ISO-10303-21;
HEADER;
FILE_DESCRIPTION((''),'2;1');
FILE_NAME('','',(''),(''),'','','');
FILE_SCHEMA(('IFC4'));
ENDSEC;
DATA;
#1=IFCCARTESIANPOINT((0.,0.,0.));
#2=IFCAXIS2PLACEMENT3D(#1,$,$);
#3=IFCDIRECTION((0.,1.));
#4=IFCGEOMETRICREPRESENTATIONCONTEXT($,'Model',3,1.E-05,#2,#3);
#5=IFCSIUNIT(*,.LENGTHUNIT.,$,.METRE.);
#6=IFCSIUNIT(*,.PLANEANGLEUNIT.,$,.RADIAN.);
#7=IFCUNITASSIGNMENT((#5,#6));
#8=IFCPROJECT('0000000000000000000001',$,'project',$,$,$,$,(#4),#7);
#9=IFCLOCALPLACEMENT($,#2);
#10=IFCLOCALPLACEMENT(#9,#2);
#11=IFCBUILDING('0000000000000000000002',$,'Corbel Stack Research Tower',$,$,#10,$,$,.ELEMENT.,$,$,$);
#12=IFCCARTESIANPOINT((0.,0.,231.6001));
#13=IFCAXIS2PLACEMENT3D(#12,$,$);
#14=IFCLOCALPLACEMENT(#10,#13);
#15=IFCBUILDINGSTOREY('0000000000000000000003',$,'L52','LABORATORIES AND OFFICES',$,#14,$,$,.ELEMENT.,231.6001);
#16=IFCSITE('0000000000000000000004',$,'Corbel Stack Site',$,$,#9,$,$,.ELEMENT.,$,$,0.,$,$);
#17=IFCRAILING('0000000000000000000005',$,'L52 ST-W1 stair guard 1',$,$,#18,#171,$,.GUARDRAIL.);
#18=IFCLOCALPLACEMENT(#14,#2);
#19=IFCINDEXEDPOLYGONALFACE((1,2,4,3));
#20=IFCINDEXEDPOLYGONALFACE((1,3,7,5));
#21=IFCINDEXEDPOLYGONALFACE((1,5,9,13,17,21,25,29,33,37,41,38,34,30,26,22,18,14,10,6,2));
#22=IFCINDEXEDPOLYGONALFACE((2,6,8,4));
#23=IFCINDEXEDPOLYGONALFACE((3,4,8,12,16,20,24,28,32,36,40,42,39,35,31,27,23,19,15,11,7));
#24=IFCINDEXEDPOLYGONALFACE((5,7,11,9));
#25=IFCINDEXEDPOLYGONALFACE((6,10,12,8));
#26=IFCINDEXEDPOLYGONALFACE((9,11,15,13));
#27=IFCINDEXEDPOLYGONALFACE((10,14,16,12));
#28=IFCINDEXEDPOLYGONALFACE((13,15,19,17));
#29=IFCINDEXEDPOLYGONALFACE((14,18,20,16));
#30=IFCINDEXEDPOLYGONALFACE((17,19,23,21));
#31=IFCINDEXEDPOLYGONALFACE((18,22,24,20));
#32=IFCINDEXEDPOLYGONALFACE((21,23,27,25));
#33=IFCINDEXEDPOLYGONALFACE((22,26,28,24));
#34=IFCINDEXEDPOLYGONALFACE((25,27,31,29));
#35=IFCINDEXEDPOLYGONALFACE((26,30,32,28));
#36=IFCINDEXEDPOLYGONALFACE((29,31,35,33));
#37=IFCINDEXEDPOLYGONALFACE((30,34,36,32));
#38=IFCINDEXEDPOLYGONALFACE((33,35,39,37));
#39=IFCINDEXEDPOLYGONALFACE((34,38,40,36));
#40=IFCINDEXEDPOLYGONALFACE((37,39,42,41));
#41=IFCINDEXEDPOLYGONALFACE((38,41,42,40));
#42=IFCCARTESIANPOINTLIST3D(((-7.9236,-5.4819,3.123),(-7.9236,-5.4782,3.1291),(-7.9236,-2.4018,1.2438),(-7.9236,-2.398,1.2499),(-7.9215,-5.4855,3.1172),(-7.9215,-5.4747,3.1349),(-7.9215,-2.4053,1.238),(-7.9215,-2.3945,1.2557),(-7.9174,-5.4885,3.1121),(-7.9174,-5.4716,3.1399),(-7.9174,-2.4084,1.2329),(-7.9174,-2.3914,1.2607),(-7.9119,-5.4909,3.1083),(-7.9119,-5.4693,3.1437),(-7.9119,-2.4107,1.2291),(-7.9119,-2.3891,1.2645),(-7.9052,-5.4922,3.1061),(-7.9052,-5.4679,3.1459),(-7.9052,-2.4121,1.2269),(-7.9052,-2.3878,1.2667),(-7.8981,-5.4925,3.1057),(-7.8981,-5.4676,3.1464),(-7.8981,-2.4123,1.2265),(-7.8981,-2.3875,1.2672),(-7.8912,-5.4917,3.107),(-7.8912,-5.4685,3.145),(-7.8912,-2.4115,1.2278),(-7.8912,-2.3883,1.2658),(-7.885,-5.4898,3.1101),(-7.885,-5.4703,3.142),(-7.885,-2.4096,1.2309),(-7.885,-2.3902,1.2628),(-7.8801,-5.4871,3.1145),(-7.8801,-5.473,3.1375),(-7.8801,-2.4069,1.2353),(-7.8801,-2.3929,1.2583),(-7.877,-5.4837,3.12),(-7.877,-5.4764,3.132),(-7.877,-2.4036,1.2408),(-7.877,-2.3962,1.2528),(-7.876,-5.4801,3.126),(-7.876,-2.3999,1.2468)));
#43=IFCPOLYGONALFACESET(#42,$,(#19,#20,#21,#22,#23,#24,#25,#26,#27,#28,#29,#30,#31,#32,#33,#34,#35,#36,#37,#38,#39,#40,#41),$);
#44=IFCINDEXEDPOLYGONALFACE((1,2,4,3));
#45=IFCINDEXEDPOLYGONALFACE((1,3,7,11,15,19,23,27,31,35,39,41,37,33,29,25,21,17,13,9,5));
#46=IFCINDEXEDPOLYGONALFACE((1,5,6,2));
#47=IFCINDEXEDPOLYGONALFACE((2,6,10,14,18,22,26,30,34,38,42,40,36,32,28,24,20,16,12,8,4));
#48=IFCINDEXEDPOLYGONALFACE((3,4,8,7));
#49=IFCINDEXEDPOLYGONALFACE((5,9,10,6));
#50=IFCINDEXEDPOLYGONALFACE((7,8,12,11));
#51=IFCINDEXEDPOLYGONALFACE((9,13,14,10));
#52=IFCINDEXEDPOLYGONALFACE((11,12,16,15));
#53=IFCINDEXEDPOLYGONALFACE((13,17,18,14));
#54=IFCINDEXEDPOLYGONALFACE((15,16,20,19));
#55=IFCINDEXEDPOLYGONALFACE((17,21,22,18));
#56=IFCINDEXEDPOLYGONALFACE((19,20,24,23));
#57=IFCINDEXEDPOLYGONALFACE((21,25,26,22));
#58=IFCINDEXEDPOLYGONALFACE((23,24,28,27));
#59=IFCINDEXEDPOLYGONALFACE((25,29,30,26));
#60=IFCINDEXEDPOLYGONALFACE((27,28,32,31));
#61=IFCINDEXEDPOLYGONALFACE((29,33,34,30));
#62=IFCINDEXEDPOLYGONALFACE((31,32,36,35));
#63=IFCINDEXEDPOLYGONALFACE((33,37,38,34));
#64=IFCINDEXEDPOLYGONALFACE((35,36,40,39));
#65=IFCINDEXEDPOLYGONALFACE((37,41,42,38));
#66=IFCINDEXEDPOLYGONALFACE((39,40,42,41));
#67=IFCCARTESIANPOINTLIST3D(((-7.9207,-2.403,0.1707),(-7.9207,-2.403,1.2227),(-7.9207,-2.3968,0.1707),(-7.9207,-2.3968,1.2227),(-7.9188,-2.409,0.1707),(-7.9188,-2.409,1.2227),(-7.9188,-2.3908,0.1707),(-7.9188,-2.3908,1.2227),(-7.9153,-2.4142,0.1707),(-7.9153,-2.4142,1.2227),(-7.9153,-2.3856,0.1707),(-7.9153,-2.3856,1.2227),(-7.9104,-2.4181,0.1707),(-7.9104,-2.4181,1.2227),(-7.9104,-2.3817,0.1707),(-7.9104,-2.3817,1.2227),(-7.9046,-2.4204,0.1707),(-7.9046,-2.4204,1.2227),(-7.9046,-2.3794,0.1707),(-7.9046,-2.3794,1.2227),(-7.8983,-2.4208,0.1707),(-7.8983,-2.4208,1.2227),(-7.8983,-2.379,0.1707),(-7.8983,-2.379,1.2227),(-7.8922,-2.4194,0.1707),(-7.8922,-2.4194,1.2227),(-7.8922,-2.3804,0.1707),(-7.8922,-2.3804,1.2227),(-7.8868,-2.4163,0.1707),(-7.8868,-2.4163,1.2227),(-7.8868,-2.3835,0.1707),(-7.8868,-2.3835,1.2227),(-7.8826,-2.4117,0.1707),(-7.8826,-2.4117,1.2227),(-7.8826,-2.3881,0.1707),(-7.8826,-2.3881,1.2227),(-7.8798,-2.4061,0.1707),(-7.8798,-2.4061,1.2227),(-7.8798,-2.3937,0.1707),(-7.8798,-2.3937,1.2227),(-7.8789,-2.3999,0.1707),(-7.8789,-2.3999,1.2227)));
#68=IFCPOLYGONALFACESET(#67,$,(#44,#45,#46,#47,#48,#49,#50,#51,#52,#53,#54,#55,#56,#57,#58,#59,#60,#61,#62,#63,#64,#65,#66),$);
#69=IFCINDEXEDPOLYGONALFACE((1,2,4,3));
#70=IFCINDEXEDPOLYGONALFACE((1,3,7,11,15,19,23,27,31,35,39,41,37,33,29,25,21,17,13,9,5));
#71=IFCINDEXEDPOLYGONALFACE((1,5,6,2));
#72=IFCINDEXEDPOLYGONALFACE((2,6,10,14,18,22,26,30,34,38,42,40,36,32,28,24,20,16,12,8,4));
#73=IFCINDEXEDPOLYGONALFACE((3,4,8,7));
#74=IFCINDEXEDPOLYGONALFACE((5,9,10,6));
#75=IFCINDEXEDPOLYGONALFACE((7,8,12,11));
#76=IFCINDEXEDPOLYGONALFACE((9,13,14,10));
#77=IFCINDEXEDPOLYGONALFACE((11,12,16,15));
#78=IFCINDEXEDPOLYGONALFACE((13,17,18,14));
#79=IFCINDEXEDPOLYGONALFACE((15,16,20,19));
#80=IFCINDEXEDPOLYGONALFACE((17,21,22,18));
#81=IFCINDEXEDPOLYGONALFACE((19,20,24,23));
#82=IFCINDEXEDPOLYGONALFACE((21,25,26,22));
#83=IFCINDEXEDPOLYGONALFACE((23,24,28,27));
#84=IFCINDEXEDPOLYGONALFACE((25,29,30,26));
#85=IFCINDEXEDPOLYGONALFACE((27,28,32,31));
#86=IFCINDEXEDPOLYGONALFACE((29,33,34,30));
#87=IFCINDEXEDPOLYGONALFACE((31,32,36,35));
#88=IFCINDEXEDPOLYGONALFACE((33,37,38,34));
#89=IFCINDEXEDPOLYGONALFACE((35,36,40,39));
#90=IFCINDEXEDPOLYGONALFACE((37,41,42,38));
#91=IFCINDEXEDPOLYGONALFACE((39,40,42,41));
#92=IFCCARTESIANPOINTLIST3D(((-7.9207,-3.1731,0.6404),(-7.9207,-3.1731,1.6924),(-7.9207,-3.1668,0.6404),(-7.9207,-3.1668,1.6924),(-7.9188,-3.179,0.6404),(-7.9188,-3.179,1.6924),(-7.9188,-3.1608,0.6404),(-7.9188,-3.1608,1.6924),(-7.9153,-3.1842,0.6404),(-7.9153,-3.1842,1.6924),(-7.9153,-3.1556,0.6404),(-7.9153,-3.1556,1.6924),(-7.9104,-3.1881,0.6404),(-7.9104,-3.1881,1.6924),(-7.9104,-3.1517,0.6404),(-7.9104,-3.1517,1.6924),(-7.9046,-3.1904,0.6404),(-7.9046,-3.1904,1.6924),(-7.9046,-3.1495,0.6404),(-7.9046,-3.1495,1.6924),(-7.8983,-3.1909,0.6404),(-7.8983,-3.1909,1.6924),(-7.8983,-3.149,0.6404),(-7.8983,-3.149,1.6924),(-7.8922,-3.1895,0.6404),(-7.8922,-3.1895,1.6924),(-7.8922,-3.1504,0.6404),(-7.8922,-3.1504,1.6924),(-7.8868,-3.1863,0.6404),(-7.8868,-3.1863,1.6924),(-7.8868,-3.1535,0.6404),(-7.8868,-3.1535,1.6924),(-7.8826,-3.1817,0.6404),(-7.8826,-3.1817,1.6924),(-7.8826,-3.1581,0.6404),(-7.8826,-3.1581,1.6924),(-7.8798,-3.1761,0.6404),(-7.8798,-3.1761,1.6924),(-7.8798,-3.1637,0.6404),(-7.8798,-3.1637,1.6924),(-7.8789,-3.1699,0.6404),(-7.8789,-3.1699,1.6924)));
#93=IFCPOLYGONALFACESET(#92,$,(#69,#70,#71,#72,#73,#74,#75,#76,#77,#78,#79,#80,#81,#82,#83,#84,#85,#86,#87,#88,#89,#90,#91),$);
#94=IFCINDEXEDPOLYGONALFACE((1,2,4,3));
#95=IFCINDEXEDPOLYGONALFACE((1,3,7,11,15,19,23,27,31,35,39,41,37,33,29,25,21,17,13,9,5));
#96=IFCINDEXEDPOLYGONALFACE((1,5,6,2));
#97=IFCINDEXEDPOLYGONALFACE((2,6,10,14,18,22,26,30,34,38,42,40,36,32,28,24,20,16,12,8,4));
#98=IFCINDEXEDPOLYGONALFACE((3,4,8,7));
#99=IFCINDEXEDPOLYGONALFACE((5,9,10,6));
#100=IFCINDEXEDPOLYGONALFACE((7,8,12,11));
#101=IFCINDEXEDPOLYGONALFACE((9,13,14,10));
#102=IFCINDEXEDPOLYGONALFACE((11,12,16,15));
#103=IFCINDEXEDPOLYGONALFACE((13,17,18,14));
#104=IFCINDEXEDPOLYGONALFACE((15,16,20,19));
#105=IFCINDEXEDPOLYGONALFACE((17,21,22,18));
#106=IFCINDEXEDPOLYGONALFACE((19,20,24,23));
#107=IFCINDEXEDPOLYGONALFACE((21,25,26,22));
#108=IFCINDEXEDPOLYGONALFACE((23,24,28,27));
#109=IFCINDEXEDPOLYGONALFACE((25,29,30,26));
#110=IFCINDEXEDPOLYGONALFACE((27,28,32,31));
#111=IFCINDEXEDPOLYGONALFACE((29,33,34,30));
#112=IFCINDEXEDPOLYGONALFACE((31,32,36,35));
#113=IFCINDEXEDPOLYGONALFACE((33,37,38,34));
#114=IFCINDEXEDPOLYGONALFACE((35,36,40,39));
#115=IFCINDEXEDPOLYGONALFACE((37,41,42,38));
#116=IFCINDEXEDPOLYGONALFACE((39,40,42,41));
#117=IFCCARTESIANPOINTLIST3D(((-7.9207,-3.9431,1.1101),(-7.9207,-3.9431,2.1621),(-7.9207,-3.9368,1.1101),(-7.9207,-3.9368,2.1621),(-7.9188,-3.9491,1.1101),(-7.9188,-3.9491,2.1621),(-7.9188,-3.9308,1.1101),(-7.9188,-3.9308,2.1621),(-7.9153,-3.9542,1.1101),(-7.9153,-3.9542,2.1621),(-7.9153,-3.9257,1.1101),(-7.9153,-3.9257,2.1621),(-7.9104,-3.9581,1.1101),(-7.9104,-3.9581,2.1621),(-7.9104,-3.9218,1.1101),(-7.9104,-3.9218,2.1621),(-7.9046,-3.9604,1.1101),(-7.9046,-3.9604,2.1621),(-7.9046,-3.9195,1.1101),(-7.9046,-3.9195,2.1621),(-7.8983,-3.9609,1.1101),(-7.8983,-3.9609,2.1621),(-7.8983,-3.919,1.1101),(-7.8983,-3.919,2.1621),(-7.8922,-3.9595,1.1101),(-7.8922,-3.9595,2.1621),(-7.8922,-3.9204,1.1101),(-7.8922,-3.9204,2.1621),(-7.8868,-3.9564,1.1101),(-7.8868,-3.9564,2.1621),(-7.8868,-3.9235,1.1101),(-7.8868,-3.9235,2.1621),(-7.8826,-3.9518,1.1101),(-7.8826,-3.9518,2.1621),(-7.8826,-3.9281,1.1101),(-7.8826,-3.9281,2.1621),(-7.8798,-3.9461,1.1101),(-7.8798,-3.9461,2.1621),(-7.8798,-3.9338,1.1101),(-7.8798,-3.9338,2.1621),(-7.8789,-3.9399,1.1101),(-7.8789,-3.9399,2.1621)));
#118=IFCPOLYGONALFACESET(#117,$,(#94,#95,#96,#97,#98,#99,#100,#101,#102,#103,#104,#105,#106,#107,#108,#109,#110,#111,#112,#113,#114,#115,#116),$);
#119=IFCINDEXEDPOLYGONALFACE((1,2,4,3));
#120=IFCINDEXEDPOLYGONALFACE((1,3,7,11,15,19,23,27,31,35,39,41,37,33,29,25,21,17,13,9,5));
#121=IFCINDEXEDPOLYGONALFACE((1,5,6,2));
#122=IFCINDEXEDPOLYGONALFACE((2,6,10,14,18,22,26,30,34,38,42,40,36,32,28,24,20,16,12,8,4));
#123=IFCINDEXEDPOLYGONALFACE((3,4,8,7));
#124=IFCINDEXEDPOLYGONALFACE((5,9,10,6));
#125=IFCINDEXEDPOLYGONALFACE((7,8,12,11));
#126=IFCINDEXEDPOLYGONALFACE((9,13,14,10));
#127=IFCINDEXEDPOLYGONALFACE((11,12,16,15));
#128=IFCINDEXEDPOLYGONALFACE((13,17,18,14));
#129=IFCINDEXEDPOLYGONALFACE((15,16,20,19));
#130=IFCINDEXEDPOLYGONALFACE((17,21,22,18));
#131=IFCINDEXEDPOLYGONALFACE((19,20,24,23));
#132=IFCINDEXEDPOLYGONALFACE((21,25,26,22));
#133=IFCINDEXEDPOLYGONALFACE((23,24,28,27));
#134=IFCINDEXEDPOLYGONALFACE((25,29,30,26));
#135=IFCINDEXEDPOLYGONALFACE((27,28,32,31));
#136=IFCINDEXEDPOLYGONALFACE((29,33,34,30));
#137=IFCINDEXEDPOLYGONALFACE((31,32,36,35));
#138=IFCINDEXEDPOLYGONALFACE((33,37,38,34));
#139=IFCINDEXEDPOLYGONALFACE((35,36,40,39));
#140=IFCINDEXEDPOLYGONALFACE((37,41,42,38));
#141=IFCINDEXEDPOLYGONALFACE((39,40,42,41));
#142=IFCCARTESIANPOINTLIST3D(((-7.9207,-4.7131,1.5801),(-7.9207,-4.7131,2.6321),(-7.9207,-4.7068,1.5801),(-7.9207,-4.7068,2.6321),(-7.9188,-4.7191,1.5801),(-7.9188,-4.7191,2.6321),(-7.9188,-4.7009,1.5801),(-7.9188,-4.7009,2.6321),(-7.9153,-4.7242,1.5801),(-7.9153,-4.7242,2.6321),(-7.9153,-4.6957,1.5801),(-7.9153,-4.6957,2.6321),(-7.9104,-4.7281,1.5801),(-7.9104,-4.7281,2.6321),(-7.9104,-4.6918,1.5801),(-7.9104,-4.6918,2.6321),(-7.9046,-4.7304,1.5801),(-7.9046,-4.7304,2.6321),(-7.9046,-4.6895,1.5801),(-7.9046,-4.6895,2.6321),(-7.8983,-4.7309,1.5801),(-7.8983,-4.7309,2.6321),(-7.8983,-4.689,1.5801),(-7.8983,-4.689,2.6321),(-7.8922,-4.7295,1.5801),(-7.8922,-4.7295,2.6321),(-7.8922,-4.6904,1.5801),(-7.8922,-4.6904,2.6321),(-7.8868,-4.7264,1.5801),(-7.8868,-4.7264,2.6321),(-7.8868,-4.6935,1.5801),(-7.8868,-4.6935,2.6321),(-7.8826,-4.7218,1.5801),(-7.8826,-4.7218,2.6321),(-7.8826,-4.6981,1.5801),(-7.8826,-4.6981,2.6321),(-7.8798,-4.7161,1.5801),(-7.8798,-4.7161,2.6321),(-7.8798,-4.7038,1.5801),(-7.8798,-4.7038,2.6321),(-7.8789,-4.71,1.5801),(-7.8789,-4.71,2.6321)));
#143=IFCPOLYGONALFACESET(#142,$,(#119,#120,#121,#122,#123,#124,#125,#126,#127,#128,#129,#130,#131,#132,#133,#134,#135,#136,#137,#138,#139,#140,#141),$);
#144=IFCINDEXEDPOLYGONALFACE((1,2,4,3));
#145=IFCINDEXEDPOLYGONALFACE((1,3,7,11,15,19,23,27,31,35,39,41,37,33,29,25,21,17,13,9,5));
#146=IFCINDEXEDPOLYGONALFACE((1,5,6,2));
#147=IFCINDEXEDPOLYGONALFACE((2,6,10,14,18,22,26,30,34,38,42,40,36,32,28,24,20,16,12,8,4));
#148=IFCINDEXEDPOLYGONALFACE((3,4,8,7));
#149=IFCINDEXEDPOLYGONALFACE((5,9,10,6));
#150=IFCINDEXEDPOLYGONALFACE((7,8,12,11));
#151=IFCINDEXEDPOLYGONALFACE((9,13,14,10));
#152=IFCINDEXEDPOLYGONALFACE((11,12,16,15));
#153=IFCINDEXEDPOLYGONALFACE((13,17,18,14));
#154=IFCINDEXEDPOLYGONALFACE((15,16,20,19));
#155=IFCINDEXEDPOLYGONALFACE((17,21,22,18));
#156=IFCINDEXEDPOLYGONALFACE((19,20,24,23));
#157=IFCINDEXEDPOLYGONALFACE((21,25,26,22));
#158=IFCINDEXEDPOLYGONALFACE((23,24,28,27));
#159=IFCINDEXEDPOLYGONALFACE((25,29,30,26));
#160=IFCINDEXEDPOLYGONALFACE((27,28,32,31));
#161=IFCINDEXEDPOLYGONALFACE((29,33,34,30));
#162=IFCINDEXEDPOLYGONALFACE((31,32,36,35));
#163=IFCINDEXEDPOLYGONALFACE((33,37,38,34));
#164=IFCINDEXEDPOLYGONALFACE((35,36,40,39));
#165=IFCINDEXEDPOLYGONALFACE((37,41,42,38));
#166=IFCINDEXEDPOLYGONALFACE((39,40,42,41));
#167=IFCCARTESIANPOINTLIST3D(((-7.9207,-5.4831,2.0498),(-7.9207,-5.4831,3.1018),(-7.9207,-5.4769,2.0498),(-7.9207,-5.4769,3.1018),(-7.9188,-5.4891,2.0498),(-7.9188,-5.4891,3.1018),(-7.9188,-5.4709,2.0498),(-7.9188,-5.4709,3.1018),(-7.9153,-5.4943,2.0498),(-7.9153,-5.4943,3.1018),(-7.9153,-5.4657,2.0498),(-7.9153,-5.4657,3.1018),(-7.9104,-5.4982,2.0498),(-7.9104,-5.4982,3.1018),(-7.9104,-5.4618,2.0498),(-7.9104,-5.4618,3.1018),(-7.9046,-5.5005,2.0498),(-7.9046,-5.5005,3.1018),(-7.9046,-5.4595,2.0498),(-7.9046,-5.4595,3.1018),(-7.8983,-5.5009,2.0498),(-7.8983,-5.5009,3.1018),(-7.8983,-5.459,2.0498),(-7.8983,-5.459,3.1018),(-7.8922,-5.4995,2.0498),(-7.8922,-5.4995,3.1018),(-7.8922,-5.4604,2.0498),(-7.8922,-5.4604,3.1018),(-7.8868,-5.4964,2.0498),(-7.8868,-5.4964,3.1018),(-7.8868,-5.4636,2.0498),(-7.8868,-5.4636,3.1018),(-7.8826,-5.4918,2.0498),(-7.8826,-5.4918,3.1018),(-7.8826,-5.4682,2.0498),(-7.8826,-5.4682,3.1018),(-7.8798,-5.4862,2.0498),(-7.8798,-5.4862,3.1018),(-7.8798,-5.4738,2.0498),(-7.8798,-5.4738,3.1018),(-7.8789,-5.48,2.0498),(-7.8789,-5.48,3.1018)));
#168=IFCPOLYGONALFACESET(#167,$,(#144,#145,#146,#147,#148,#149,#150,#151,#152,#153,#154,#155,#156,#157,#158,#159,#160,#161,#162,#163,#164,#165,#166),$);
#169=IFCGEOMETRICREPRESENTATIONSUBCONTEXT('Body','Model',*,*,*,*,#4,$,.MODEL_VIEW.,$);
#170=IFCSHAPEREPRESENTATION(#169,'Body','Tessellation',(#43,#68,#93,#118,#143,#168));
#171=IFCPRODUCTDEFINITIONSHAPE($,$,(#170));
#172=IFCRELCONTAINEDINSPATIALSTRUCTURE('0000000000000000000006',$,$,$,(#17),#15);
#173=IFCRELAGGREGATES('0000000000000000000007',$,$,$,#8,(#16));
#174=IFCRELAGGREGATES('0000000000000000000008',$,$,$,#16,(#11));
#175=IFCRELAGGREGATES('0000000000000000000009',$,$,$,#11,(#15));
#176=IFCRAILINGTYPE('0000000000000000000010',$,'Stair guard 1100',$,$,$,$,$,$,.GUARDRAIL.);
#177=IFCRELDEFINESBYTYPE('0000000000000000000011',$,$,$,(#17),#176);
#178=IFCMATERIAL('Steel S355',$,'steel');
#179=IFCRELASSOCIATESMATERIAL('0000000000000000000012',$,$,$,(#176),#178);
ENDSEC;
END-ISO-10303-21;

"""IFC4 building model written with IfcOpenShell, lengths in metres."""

from ifc_helpers import new_model, si_unit, direction, frame, origin, origin_2d, place, context, subcontext, project, spatial, circle, extrude, material, type_object, element, save


model = new_model("IFC4")

# Units and contexts
model_context = context("Model", 3, precision=1e-05, world=origin(), true_north=direction((0.0, 1.0)))
body_context = subcontext(model_context, "Body", "Model", "MODEL_VIEW")
ifc_project = project(units=[si_unit("LENGTHUNIT", "METRE"), si_unit("PLANEANGLEUNIT", "RADIAN")], contexts=[model_context])

# Site, building, storey
site_placement = place(None, origin())
site = spatial("IfcSite", under=ifc_project, at=site_placement, Name="Corbel Stack Site", CompositionType="ELEMENT", RefElevation=0.0)
building_placement = place(site_placement, origin())
building = spatial("IfcBuilding", under=site, at=building_placement, Name="Corbel Stack Research Tower", CompositionType="ELEMENT")
storey_placement = place(building_placement, frame((0.0, 0.0, 231.6001)))
storey = spatial("IfcBuildingStorey", under=building, at=storey_placement, Name="L52", Description="LABORATORIES AND OFFICES", CompositionType="ELEMENT", Elevation=231.6001)

# Railing
ifc_material_1 = material(Name="Steel S355", Category="steel")
railing_type_1 = type_object("IfcRailingType", Name="Stair guard 1100", PredefinedType="GUARDRAIL", material=ifc_material_1)
railing_1_placement = place(storey_placement, frame((-7.8999, -2.3999, 0.1707)))
element("IfcRailing", 1, at=railing_1_placement, inside=storey, type_object=railing_type_1, Name="L52 ST-W1 stair guard 1", PredefinedType="GUARDRAIL", context=body_context, shape_type="SweptSolid", body=[
    extrude(circle(Radius=0.0239, at=origin_2d()), frame((0.0, 0.0, 1.0762), z_axis=(0.0, -0.853666, 0.52082), x_axis=(1.0, 0.0, 0.0)), (0.0, 0.0, 1.0), 3.6082),
    extrude(circle(Radius=0.021, at=origin_2d()), origin(), (0.0, 0.0, 1.0), 1.052),
    extrude(circle(Radius=0.021, at=origin_2d()), frame((0.0, -0.77, 0.4697)), (0.0, 0.0, 1.0), 1.052),
    extrude(circle(Radius=0.021, at=origin_2d()), frame((0.0, -1.54, 0.9395)), (0.0, 0.0, 1.0), 1.052),
    extrude(circle(Radius=0.021, at=origin_2d()), frame((0.0, -2.3101, 1.4094)), (0.0, 0.0, 1.0), 1.052),
    extrude(circle(Radius=0.021, at=origin_2d()), frame((0.0, -3.0801, 1.8792)), (0.0, 0.0, 1.0), 1.052),
])

save(model, "model.ifc")
